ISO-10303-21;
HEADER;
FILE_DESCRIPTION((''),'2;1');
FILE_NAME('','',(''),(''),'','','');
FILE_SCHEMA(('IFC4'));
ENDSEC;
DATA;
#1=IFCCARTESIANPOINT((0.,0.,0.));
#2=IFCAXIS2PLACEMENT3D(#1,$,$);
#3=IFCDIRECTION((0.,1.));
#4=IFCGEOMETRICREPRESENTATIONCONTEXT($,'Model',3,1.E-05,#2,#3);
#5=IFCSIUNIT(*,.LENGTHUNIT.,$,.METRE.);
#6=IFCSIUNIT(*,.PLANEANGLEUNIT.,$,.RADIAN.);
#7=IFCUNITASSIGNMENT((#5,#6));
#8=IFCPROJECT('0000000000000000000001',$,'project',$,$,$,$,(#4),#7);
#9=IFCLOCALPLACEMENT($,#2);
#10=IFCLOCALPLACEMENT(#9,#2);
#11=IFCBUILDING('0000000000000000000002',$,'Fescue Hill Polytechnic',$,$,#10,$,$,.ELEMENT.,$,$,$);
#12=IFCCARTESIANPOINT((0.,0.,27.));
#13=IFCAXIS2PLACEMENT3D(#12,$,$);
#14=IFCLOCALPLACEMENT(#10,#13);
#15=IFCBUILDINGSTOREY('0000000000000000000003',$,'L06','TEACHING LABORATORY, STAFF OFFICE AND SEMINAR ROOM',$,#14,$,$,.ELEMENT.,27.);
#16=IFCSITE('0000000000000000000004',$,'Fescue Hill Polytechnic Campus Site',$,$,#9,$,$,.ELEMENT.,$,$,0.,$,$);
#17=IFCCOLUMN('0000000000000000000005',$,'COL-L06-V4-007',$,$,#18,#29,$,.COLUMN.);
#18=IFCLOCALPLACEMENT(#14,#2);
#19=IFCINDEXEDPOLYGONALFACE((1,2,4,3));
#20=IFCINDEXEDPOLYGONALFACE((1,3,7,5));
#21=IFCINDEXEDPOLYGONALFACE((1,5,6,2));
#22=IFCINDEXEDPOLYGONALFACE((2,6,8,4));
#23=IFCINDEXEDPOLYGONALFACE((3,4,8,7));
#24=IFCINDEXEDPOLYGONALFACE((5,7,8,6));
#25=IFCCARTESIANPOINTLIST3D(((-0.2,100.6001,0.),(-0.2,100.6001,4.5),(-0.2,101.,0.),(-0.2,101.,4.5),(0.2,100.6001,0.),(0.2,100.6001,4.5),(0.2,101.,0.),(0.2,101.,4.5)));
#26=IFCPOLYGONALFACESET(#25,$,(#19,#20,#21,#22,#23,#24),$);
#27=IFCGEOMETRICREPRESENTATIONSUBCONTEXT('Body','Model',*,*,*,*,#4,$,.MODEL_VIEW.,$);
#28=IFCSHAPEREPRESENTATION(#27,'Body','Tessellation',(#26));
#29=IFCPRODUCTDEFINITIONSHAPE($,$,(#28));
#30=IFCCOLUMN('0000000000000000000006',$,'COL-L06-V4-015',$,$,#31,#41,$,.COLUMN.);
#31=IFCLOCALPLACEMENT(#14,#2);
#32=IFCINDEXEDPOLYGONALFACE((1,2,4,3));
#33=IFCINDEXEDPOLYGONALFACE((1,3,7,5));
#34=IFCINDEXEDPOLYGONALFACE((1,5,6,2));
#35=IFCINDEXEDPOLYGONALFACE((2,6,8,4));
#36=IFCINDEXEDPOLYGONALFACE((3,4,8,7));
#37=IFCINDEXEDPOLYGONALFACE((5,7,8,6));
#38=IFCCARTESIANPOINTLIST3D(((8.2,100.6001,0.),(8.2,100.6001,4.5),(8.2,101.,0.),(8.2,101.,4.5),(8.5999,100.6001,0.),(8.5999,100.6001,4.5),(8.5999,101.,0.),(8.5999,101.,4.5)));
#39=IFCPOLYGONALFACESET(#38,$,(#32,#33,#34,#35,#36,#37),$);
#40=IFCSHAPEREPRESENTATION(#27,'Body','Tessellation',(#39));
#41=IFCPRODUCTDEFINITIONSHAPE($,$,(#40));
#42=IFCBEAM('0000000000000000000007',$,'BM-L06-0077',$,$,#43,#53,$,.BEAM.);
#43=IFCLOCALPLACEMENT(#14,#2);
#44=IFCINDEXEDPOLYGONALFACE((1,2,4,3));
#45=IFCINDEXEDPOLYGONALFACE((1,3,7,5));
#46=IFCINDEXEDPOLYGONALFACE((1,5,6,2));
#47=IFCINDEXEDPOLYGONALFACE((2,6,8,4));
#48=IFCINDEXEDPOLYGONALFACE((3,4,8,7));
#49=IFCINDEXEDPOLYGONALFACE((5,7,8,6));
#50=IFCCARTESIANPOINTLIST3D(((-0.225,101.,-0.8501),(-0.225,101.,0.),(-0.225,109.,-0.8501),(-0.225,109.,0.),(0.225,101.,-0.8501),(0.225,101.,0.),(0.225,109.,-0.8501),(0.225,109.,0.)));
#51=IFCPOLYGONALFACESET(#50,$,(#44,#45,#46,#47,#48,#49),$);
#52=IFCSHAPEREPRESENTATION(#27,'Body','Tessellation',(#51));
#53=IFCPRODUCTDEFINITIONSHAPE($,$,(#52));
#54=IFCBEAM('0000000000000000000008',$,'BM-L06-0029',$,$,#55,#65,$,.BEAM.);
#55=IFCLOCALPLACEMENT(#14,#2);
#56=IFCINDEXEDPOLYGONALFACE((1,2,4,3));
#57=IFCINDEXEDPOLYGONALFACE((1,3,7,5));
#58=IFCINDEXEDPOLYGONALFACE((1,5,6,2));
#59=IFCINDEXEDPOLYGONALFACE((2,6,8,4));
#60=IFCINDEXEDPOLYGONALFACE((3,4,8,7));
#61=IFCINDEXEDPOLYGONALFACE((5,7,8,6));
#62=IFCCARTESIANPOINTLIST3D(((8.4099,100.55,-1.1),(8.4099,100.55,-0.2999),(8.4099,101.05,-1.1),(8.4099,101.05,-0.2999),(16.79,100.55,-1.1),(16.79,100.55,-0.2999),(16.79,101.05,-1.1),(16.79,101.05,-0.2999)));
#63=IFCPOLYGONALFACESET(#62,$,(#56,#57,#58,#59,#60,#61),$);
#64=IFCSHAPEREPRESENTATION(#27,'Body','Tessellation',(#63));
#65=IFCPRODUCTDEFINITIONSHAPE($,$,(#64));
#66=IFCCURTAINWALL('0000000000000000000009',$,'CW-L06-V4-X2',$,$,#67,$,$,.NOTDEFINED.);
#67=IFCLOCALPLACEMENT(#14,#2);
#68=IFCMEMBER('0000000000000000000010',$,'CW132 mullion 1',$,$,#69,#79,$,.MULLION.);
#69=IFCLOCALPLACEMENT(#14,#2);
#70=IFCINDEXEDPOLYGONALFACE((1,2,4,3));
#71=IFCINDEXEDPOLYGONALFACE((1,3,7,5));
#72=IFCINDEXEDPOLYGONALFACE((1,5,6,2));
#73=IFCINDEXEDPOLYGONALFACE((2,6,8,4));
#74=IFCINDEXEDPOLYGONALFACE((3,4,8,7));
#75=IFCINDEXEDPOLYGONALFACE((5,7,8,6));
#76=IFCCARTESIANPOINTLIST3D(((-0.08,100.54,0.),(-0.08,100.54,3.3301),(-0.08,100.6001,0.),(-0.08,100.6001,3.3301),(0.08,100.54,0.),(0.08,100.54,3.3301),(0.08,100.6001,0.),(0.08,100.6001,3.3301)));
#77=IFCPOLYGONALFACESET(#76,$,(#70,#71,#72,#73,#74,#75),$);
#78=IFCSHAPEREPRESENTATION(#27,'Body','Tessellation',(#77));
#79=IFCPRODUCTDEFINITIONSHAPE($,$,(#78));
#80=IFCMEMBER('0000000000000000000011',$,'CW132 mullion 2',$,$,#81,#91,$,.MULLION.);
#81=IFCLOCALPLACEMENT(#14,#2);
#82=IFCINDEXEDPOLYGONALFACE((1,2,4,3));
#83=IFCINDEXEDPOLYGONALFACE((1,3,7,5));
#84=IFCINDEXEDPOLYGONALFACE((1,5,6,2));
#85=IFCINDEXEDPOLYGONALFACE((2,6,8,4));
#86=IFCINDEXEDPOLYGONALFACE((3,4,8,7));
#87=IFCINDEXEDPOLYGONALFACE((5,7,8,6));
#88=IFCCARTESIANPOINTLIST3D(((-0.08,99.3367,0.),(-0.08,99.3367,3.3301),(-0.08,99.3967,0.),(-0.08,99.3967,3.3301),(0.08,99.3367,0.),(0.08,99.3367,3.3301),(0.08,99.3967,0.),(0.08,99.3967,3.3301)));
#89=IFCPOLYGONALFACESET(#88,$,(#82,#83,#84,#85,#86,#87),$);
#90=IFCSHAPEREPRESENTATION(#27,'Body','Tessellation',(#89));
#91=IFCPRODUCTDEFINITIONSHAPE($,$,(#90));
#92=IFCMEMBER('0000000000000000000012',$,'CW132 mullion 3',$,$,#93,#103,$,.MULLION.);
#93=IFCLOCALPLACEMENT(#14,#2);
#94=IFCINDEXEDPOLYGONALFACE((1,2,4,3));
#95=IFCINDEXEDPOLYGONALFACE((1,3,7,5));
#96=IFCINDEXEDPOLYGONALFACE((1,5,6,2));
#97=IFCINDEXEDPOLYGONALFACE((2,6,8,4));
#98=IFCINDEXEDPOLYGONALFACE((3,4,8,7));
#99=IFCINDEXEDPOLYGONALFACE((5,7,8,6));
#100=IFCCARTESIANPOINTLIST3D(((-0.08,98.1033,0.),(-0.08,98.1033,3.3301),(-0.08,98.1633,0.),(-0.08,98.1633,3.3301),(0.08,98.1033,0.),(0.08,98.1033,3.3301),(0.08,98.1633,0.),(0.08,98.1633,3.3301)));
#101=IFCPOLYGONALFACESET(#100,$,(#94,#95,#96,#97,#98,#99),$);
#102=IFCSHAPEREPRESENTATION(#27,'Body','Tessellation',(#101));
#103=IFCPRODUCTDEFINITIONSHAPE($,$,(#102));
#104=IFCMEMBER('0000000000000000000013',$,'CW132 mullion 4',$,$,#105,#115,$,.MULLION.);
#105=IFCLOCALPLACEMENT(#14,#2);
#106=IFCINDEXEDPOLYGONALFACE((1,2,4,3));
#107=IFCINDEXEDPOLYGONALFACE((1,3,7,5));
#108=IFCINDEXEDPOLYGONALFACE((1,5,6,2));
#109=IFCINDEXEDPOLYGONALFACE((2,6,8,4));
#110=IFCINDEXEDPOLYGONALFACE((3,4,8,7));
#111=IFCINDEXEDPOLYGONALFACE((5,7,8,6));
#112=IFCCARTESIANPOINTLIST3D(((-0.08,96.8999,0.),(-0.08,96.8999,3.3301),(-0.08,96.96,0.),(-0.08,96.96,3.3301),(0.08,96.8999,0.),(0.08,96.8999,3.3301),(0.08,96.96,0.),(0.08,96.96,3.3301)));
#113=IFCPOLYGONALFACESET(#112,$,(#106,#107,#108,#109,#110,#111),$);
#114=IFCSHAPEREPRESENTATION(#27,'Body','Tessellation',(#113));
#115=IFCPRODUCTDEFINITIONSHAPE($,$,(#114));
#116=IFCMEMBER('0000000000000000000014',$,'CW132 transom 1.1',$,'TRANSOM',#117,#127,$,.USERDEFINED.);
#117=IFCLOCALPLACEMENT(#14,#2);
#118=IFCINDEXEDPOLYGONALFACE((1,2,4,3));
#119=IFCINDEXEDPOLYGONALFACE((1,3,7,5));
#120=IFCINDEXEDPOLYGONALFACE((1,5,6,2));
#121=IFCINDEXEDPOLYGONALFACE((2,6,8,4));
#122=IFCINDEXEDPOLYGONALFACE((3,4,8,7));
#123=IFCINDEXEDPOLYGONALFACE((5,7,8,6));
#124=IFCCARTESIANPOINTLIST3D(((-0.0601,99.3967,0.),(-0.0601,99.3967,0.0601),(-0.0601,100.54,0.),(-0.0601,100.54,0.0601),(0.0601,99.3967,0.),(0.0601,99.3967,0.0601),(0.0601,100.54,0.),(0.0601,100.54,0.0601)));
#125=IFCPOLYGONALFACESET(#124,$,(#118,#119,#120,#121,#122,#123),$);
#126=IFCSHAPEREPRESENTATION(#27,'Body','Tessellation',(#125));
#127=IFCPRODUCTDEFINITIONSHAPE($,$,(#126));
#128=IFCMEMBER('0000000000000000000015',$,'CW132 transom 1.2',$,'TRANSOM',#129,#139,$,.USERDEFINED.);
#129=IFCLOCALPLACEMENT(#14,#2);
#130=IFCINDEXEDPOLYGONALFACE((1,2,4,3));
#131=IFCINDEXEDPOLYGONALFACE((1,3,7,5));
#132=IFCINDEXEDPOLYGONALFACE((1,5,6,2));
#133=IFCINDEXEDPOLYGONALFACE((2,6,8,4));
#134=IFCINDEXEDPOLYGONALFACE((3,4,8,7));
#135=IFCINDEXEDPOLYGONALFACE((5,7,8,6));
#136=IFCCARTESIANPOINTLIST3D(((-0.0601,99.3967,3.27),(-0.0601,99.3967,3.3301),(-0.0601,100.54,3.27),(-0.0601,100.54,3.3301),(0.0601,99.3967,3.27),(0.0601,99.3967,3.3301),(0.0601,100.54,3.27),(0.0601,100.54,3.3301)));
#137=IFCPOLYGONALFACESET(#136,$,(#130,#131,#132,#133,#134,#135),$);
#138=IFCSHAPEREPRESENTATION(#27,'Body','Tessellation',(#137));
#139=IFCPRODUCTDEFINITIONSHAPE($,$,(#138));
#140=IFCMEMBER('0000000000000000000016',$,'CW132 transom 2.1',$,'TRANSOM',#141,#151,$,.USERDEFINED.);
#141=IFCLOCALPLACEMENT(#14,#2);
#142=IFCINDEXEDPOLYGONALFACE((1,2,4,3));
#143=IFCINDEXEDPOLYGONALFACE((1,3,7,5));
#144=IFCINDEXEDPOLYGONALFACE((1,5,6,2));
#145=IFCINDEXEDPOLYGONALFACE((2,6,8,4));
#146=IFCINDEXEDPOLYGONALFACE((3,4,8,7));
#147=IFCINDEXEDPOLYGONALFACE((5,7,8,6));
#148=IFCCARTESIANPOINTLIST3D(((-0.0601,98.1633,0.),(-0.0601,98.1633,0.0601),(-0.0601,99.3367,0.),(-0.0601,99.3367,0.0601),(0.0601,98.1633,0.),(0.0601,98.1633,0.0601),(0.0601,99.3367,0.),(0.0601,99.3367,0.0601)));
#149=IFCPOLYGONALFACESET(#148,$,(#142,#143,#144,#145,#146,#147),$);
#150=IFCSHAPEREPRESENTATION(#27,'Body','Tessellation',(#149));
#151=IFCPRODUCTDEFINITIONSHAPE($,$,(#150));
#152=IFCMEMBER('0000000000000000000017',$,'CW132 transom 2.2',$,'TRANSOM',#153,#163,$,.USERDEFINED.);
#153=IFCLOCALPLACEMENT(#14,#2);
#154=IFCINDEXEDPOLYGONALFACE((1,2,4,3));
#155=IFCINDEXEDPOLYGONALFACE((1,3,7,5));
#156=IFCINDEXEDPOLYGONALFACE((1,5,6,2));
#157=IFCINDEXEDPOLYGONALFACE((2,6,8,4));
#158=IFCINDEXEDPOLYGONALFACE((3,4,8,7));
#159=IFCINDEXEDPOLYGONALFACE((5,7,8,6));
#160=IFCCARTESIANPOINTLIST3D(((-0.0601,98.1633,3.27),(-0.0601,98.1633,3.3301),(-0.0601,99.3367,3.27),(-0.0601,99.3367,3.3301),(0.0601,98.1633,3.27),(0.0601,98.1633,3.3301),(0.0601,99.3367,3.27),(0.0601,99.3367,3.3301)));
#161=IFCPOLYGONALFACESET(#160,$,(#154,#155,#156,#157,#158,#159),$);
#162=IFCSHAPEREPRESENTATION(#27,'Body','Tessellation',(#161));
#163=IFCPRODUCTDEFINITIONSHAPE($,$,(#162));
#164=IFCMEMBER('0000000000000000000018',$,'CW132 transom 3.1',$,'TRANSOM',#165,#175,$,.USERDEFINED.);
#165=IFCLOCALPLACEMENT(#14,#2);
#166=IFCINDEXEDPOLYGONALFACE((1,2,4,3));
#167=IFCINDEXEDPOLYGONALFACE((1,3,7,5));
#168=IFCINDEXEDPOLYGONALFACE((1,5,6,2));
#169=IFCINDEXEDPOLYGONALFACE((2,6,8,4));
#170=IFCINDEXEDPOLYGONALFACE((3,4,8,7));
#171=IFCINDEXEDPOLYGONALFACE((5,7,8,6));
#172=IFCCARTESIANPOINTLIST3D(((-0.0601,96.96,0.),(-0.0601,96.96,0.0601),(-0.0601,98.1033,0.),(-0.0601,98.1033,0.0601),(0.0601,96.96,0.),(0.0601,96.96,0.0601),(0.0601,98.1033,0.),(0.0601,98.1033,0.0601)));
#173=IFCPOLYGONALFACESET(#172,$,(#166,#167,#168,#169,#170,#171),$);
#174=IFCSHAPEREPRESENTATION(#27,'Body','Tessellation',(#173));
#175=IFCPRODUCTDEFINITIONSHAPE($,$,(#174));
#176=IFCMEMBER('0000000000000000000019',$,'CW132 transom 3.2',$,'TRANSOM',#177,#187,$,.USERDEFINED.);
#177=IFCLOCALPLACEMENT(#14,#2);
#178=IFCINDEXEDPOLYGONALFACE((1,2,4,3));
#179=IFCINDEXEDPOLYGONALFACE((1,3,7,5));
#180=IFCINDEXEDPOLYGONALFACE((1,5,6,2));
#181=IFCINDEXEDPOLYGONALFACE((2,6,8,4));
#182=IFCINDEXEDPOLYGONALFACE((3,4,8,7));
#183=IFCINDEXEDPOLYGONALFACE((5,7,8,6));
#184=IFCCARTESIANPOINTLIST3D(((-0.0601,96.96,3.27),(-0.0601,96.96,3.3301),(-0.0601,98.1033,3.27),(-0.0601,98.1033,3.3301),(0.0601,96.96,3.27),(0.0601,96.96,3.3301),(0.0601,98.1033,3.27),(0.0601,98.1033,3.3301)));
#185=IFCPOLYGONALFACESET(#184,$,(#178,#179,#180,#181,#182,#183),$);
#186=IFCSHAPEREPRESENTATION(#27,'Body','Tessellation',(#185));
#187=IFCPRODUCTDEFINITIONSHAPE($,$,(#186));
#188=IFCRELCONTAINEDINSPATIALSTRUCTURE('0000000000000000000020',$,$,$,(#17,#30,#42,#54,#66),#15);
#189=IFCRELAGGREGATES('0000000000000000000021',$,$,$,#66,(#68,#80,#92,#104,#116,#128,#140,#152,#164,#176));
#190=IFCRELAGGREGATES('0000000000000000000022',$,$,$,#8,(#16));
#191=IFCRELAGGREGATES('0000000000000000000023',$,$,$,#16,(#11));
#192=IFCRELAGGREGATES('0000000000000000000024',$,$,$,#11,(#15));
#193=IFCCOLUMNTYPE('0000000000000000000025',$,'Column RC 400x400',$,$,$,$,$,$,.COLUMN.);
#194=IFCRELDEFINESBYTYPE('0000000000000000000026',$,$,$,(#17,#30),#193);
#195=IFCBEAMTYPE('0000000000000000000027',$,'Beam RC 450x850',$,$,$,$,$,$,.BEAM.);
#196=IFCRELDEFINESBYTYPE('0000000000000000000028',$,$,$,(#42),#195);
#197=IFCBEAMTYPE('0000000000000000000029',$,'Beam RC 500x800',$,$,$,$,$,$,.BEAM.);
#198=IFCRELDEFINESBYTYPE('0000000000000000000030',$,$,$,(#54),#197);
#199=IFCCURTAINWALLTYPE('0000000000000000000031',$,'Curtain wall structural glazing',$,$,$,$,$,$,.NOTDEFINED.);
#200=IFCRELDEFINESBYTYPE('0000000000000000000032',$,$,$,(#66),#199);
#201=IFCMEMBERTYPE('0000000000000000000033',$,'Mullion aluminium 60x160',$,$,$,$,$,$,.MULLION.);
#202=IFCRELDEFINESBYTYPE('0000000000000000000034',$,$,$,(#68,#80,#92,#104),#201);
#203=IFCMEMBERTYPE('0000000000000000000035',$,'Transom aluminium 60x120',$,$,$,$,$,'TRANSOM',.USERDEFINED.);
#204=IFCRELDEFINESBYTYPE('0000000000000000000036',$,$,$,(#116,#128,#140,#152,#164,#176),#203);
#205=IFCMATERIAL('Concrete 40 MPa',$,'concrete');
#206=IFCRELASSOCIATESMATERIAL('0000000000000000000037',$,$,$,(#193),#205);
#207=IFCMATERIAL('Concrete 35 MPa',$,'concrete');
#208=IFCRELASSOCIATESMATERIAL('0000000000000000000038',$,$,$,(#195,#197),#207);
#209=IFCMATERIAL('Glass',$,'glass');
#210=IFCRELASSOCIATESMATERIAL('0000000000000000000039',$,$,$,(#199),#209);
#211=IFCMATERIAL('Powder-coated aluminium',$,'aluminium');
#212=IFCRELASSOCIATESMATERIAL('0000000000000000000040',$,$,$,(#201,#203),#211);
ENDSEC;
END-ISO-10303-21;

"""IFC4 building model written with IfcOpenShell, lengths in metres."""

from ifc_helpers import new_model, si_unit, direction, frame, origin, origin_2d, place, context, subcontext, project, spatial, rectangle, extrude, material, material_profile, profile_set, type_object, element, aggregate, save


model = new_model("IFC4")

# Units and contexts
model_context = context("Model", 3, precision=1e-05, world=origin(), true_north=direction((0.0, 1.0)))
body_context = subcontext(model_context, "Body", "Model", "MODEL_VIEW")
ifc_project = project(units=[si_unit("LENGTHUNIT", "METRE"), si_unit("PLANEANGLEUNIT", "RADIAN")], contexts=[model_context])

# Site, building, storey
site_placement = place(None, origin())
site = spatial("IfcSite", under=ifc_project, at=site_placement, Name="Fescue Hill Polytechnic Campus Site", CompositionType="ELEMENT", RefElevation=0.0)
building_placement = place(site_placement, origin())
building = spatial("IfcBuilding", under=site, at=building_placement, Name="Fescue Hill Polytechnic", CompositionType="ELEMENT")
storey_placement = place(building_placement, frame((0.0, 0.0, 27.0)))
storey = spatial("IfcBuildingStorey", under=building, at=storey_placement, Name="L06", Description="TEACHING LABORATORY, STAFF OFFICE AND SEMINAR ROOM", CompositionType="ELEMENT", Elevation=27.0)

# Columns
ifc_material_1 = material(Name="Concrete 40 MPa", Category="concrete")
ifc_material_profile_1 = material_profile(ifc_material_1, rectangle(XDim=0.3999, YDim=0.3999, at=origin_2d()), Name="RC 400x400")
ifc_profile_set_1 = profile_set([ifc_material_profile_1], Name="Concrete 40 MPa")
column_type = type_object("IfcColumnType", Name="Column RC 400x400", PredefinedType="COLUMN", material=ifc_profile_set_1)
for number, where, z_axis, x_axis, name in (
    (1, (0.0, 100.8, 0.0), (0.0, 0.0, 1.0), (1.0, 0.0, 0.0), "COL-L06-V4-007"),
    (2, (8.3999, 100.8, 0.0), (0.0, 0.0, 1.0), (1.0, 0.0, 0.0), "COL-L06-V4-015"),
):
    element("IfcColumn", number, at=place(storey_placement, frame(where, z_axis=z_axis, x_axis=x_axis)), inside=storey, type_object=column_type, Name=name, PredefinedType="COLUMN", context=body_context, shape_type="SweptSolid", body=[
        extrude(rectangle(XDim=0.3999, YDim=0.3999, at=origin_2d()), origin(), (0.0, 0.0, 1.0), 4.5),
    ])

# Beams
ifc_material_2 = material(Name="Concrete 35 MPa", Category="concrete")
ifc_material_profile_2 = material_profile(ifc_material_2, rectangle(XDim=0.45, YDim=0.8501, at=origin_2d()), Name="RC 450x850")
ifc_profile_set_2 = profile_set([ifc_material_profile_2], Name="Concrete 35 MPa")
beam_type_1 = type_object("IfcBeamType", Name="Beam RC 450x850", PredefinedType="BEAM", material=ifc_profile_set_2)
beam_1_placement = place(storey_placement, frame((0.0, 101.0, -0.425), z_axis=(0.0, 1.0, 0.0), x_axis=(-1.0, 0.0, 0.0)))
element("IfcBeam", 3, at=beam_1_placement, inside=storey, type_object=beam_type_1, Name="BM-L06-0077", PredefinedType="BEAM", context=body_context, shape_type="SweptSolid", body=[
    extrude(rectangle(XDim=0.45, YDim=0.8501, at=origin_2d()), origin(), (0.0, 0.0, 1.0), 8.0),
])
ifc_material_profile_3 = material_profile(ifc_material_2, rectangle(XDim=0.5, YDim=0.8, at=origin_2d()), Name="RC 500x800")
ifc_profile_set_3 = profile_set([ifc_material_profile_3], Name="Concrete 35 MPa")
beam_type_2 = type_object("IfcBeamType", Name="Beam RC 500x800", PredefinedType="BEAM", material=ifc_profile_set_3)
beam_2_placement = place(storey_placement, frame((8.4099, 100.8, -0.7), z_axis=(1.0, 0.0, 0.0), x_axis=(0.0, 1.0, 0.0)))
element("IfcBeam", 4, at=beam_2_placement, inside=storey, type_object=beam_type_2, Name="BM-L06-0029", PredefinedType="BEAM", context=body_context, shape_type="SweptSolid", body=[
    extrude(rectangle(XDim=0.5, YDim=0.8, at=origin_2d()), origin(), (0.0, 0.0, 1.0), 8.3801),
])

# Curtain wall, members
ifc_material_3 = material(Name="Glass", Category="glass")
curtain_wall_type = type_object("IfcCurtainWallType", Name="Curtain wall structural glazing", PredefinedType="NOTDEFINED", material=ifc_material_3)
curtain_wall_placement = place(storey_placement, origin())
curtain_wall = element("IfcCurtainWall", 5, at=curtain_wall_placement, inside=storey, type_object=curtain_wall_type, Name="CW-L06-V4-X2", PredefinedType="NOTDEFINED")
ifc_material_4 = material(Name="Powder-coated aluminium", Category="aluminium")
ifc_material_profile_4 = material_profile(ifc_material_4, rectangle(XDim=0.1599, YDim=0.0601, at=origin_2d()), Name="Mullion aluminium 60x160")
ifc_profile_set_4 = profile_set([ifc_material_profile_4], Name="Powder-coated aluminium")
member_type_1 = type_object("IfcMemberType", Name="Mullion aluminium 60x160", PredefinedType="MULLION", material=ifc_profile_set_4)
member_1_placement = place(storey_placement, frame((0.0, 100.5701, 0.0), z_axis=(0.0, 0.0, 1.0), x_axis=(1.0, 0.0, 0.0)))
member_1 = element("IfcMember", 6, at=member_1_placement, type_object=member_type_1, Name="CW132 mullion 1", PredefinedType="MULLION", context=body_context, shape_type="SweptSolid", body=[
    extrude(rectangle(XDim=0.1599, YDim=0.0601, at=origin_2d()), origin(), (0.0, 0.0, 1.0), 3.3301),
])
member_2_placement = place(storey_placement, frame((0.0, 99.3667, 0.0), z_axis=(0.0, 0.0, 1.0), x_axis=(1.0, 0.0, 0.0)))
member_2 = element("IfcMember", 7, at=member_2_placement, type_object=member_type_1, Name="CW132 mullion 2", PredefinedType="MULLION", context=body_context, shape_type="SweptSolid", body=[
    extrude(rectangle(XDim=0.1599, YDim=0.0601, at=origin_2d()), origin(), (0.0, 0.0, 1.0), 3.3301),
])
member_3_placement = place(storey_placement, frame((0.0, 98.1333, 0.0), z_axis=(0.0, 0.0, 1.0), x_axis=(1.0, 0.0, 0.0)))
member_3 = element("IfcMember", 8, at=member_3_placement, type_object=member_type_1, Name="CW132 mullion 3", PredefinedType="MULLION", context=body_context, shape_type="SweptSolid", body=[
    extrude(rectangle(XDim=0.1599, YDim=0.0601, at=origin_2d()), origin(), (0.0, 0.0, 1.0), 3.3301),
])
member_4_placement = place(storey_placement, frame((0.0, 96.9299, 0.0), z_axis=(0.0, 0.0, 1.0), x_axis=(1.0, 0.0, 0.0)))
member_4 = element("IfcMember", 9, at=member_4_placement, type_object=member_type_1, Name="CW132 mullion 4", PredefinedType="MULLION", context=body_context, shape_type="SweptSolid", body=[
    extrude(rectangle(XDim=0.1599, YDim=0.0601, at=origin_2d()), origin(), (0.0, 0.0, 1.0), 3.3301),
])
ifc_material_profile_5 = material_profile(ifc_material_4, rectangle(XDim=0.1201, YDim=0.0601, at=origin_2d()), Name="Transom aluminium 60x120")
ifc_profile_set_5 = profile_set([ifc_material_profile_5], Name="Powder-coated aluminium")
member_type_2 = type_object("IfcMemberType", Name="Transom aluminium 60x120", ElementType="TRANSOM", PredefinedType="USERDEFINED", material=ifc_profile_set_5)
member_5_placement = place(storey_placement, frame((0.0, 100.54, 0.03), z_axis=(0.0, -1.0, 0.0), x_axis=(1.0, 0.0, 0.0)))
member_5 = element("IfcMember", 10, at=member_5_placement, type_object=member_type_2, Name="CW132 transom 1.1", ObjectType="TRANSOM", PredefinedType="USERDEFINED", context=body_context, shape_type="SweptSolid", body=[
    extrude(rectangle(XDim=0.1201, YDim=0.0601, at=origin_2d()), origin(), (0.0, 0.0, 1.0), 1.1433),
])
member_6_placement = place(storey_placement, frame((0.0, 100.54, 3.3), z_axis=(0.0, -1.0, 0.0), x_axis=(1.0, 0.0, 0.0)))
member_6 = element("IfcMember", 11, at=member_6_placement, type_object=member_type_2, Name="CW132 transom 1.2", ObjectType="TRANSOM", PredefinedType="USERDEFINED", context=body_context, shape_type="SweptSolid", body=[
    extrude(rectangle(XDim=0.1201, YDim=0.0601, at=origin_2d()), origin(), (0.0, 0.0, 1.0), 1.1433),
])
member_7_placement = place(storey_placement, frame((0.0, 99.3367, 0.03), z_axis=(0.0, -1.0, 0.0), x_axis=(1.0, 0.0, 0.0)))
member_7 = element("IfcMember", 12, at=member_7_placement, type_object=member_type_2, Name="CW132 transom 2.1", ObjectType="TRANSOM", PredefinedType="USERDEFINED", context=body_context, shape_type="SweptSolid", body=[
    extrude(rectangle(XDim=0.1201, YDim=0.0601, at=origin_2d()), origin(), (0.0, 0.0, 1.0), 1.1733),
])
member_8_placement = place(storey_placement, frame((0.0, 99.3367, 3.3), z_axis=(0.0, -1.0, 0.0), x_axis=(1.0, 0.0, 0.0)))
member_8 = element("IfcMember", 13, at=member_8_placement, type_object=member_type_2, Name="CW132 transom 2.2", ObjectType="TRANSOM", PredefinedType="USERDEFINED", context=body_context, shape_type="SweptSolid", body=[
    extrude(rectangle(XDim=0.1201, YDim=0.0601, at=origin_2d()), origin(), (0.0, 0.0, 1.0), 1.1733),
])
member_9_placement = place(storey_placement, frame((0.0, 98.1033, 0.03), z_axis=(0.0, -1.0, 0.0), x_axis=(1.0, 0.0, 0.0)))
member_9 = element("IfcMember", 14, at=member_9_placement, type_object=member_type_2, Name="CW132 transom 3.1", ObjectType="TRANSOM", PredefinedType="USERDEFINED", context=body_context, shape_type="SweptSolid", body=[
    extrude(rectangle(XDim=0.1201, YDim=0.0601, at=origin_2d()), origin(), (0.0, 0.0, 1.0), 1.1433),
])
member_10_placement = place(storey_placement, frame((0.0, 98.1033, 3.3), z_axis=(0.0, -1.0, 0.0), x_axis=(1.0, 0.0, 0.0)))
member_10 = element("IfcMember", 15, at=member_10_placement, type_object=member_type_2, Name="CW132 transom 3.2", ObjectType="TRANSOM", PredefinedType="USERDEFINED", context=body_context, shape_type="SweptSolid", body=[
    extrude(rectangle(XDim=0.1201, YDim=0.0601, at=origin_2d()), origin(), (0.0, 0.0, 1.0), 1.1433),
])
aggregate(curtain_wall, [member_1, member_2, member_3, member_4, member_5, member_6, member_7, member_8, member_9, member_10])

save(model, "model.ifc")
